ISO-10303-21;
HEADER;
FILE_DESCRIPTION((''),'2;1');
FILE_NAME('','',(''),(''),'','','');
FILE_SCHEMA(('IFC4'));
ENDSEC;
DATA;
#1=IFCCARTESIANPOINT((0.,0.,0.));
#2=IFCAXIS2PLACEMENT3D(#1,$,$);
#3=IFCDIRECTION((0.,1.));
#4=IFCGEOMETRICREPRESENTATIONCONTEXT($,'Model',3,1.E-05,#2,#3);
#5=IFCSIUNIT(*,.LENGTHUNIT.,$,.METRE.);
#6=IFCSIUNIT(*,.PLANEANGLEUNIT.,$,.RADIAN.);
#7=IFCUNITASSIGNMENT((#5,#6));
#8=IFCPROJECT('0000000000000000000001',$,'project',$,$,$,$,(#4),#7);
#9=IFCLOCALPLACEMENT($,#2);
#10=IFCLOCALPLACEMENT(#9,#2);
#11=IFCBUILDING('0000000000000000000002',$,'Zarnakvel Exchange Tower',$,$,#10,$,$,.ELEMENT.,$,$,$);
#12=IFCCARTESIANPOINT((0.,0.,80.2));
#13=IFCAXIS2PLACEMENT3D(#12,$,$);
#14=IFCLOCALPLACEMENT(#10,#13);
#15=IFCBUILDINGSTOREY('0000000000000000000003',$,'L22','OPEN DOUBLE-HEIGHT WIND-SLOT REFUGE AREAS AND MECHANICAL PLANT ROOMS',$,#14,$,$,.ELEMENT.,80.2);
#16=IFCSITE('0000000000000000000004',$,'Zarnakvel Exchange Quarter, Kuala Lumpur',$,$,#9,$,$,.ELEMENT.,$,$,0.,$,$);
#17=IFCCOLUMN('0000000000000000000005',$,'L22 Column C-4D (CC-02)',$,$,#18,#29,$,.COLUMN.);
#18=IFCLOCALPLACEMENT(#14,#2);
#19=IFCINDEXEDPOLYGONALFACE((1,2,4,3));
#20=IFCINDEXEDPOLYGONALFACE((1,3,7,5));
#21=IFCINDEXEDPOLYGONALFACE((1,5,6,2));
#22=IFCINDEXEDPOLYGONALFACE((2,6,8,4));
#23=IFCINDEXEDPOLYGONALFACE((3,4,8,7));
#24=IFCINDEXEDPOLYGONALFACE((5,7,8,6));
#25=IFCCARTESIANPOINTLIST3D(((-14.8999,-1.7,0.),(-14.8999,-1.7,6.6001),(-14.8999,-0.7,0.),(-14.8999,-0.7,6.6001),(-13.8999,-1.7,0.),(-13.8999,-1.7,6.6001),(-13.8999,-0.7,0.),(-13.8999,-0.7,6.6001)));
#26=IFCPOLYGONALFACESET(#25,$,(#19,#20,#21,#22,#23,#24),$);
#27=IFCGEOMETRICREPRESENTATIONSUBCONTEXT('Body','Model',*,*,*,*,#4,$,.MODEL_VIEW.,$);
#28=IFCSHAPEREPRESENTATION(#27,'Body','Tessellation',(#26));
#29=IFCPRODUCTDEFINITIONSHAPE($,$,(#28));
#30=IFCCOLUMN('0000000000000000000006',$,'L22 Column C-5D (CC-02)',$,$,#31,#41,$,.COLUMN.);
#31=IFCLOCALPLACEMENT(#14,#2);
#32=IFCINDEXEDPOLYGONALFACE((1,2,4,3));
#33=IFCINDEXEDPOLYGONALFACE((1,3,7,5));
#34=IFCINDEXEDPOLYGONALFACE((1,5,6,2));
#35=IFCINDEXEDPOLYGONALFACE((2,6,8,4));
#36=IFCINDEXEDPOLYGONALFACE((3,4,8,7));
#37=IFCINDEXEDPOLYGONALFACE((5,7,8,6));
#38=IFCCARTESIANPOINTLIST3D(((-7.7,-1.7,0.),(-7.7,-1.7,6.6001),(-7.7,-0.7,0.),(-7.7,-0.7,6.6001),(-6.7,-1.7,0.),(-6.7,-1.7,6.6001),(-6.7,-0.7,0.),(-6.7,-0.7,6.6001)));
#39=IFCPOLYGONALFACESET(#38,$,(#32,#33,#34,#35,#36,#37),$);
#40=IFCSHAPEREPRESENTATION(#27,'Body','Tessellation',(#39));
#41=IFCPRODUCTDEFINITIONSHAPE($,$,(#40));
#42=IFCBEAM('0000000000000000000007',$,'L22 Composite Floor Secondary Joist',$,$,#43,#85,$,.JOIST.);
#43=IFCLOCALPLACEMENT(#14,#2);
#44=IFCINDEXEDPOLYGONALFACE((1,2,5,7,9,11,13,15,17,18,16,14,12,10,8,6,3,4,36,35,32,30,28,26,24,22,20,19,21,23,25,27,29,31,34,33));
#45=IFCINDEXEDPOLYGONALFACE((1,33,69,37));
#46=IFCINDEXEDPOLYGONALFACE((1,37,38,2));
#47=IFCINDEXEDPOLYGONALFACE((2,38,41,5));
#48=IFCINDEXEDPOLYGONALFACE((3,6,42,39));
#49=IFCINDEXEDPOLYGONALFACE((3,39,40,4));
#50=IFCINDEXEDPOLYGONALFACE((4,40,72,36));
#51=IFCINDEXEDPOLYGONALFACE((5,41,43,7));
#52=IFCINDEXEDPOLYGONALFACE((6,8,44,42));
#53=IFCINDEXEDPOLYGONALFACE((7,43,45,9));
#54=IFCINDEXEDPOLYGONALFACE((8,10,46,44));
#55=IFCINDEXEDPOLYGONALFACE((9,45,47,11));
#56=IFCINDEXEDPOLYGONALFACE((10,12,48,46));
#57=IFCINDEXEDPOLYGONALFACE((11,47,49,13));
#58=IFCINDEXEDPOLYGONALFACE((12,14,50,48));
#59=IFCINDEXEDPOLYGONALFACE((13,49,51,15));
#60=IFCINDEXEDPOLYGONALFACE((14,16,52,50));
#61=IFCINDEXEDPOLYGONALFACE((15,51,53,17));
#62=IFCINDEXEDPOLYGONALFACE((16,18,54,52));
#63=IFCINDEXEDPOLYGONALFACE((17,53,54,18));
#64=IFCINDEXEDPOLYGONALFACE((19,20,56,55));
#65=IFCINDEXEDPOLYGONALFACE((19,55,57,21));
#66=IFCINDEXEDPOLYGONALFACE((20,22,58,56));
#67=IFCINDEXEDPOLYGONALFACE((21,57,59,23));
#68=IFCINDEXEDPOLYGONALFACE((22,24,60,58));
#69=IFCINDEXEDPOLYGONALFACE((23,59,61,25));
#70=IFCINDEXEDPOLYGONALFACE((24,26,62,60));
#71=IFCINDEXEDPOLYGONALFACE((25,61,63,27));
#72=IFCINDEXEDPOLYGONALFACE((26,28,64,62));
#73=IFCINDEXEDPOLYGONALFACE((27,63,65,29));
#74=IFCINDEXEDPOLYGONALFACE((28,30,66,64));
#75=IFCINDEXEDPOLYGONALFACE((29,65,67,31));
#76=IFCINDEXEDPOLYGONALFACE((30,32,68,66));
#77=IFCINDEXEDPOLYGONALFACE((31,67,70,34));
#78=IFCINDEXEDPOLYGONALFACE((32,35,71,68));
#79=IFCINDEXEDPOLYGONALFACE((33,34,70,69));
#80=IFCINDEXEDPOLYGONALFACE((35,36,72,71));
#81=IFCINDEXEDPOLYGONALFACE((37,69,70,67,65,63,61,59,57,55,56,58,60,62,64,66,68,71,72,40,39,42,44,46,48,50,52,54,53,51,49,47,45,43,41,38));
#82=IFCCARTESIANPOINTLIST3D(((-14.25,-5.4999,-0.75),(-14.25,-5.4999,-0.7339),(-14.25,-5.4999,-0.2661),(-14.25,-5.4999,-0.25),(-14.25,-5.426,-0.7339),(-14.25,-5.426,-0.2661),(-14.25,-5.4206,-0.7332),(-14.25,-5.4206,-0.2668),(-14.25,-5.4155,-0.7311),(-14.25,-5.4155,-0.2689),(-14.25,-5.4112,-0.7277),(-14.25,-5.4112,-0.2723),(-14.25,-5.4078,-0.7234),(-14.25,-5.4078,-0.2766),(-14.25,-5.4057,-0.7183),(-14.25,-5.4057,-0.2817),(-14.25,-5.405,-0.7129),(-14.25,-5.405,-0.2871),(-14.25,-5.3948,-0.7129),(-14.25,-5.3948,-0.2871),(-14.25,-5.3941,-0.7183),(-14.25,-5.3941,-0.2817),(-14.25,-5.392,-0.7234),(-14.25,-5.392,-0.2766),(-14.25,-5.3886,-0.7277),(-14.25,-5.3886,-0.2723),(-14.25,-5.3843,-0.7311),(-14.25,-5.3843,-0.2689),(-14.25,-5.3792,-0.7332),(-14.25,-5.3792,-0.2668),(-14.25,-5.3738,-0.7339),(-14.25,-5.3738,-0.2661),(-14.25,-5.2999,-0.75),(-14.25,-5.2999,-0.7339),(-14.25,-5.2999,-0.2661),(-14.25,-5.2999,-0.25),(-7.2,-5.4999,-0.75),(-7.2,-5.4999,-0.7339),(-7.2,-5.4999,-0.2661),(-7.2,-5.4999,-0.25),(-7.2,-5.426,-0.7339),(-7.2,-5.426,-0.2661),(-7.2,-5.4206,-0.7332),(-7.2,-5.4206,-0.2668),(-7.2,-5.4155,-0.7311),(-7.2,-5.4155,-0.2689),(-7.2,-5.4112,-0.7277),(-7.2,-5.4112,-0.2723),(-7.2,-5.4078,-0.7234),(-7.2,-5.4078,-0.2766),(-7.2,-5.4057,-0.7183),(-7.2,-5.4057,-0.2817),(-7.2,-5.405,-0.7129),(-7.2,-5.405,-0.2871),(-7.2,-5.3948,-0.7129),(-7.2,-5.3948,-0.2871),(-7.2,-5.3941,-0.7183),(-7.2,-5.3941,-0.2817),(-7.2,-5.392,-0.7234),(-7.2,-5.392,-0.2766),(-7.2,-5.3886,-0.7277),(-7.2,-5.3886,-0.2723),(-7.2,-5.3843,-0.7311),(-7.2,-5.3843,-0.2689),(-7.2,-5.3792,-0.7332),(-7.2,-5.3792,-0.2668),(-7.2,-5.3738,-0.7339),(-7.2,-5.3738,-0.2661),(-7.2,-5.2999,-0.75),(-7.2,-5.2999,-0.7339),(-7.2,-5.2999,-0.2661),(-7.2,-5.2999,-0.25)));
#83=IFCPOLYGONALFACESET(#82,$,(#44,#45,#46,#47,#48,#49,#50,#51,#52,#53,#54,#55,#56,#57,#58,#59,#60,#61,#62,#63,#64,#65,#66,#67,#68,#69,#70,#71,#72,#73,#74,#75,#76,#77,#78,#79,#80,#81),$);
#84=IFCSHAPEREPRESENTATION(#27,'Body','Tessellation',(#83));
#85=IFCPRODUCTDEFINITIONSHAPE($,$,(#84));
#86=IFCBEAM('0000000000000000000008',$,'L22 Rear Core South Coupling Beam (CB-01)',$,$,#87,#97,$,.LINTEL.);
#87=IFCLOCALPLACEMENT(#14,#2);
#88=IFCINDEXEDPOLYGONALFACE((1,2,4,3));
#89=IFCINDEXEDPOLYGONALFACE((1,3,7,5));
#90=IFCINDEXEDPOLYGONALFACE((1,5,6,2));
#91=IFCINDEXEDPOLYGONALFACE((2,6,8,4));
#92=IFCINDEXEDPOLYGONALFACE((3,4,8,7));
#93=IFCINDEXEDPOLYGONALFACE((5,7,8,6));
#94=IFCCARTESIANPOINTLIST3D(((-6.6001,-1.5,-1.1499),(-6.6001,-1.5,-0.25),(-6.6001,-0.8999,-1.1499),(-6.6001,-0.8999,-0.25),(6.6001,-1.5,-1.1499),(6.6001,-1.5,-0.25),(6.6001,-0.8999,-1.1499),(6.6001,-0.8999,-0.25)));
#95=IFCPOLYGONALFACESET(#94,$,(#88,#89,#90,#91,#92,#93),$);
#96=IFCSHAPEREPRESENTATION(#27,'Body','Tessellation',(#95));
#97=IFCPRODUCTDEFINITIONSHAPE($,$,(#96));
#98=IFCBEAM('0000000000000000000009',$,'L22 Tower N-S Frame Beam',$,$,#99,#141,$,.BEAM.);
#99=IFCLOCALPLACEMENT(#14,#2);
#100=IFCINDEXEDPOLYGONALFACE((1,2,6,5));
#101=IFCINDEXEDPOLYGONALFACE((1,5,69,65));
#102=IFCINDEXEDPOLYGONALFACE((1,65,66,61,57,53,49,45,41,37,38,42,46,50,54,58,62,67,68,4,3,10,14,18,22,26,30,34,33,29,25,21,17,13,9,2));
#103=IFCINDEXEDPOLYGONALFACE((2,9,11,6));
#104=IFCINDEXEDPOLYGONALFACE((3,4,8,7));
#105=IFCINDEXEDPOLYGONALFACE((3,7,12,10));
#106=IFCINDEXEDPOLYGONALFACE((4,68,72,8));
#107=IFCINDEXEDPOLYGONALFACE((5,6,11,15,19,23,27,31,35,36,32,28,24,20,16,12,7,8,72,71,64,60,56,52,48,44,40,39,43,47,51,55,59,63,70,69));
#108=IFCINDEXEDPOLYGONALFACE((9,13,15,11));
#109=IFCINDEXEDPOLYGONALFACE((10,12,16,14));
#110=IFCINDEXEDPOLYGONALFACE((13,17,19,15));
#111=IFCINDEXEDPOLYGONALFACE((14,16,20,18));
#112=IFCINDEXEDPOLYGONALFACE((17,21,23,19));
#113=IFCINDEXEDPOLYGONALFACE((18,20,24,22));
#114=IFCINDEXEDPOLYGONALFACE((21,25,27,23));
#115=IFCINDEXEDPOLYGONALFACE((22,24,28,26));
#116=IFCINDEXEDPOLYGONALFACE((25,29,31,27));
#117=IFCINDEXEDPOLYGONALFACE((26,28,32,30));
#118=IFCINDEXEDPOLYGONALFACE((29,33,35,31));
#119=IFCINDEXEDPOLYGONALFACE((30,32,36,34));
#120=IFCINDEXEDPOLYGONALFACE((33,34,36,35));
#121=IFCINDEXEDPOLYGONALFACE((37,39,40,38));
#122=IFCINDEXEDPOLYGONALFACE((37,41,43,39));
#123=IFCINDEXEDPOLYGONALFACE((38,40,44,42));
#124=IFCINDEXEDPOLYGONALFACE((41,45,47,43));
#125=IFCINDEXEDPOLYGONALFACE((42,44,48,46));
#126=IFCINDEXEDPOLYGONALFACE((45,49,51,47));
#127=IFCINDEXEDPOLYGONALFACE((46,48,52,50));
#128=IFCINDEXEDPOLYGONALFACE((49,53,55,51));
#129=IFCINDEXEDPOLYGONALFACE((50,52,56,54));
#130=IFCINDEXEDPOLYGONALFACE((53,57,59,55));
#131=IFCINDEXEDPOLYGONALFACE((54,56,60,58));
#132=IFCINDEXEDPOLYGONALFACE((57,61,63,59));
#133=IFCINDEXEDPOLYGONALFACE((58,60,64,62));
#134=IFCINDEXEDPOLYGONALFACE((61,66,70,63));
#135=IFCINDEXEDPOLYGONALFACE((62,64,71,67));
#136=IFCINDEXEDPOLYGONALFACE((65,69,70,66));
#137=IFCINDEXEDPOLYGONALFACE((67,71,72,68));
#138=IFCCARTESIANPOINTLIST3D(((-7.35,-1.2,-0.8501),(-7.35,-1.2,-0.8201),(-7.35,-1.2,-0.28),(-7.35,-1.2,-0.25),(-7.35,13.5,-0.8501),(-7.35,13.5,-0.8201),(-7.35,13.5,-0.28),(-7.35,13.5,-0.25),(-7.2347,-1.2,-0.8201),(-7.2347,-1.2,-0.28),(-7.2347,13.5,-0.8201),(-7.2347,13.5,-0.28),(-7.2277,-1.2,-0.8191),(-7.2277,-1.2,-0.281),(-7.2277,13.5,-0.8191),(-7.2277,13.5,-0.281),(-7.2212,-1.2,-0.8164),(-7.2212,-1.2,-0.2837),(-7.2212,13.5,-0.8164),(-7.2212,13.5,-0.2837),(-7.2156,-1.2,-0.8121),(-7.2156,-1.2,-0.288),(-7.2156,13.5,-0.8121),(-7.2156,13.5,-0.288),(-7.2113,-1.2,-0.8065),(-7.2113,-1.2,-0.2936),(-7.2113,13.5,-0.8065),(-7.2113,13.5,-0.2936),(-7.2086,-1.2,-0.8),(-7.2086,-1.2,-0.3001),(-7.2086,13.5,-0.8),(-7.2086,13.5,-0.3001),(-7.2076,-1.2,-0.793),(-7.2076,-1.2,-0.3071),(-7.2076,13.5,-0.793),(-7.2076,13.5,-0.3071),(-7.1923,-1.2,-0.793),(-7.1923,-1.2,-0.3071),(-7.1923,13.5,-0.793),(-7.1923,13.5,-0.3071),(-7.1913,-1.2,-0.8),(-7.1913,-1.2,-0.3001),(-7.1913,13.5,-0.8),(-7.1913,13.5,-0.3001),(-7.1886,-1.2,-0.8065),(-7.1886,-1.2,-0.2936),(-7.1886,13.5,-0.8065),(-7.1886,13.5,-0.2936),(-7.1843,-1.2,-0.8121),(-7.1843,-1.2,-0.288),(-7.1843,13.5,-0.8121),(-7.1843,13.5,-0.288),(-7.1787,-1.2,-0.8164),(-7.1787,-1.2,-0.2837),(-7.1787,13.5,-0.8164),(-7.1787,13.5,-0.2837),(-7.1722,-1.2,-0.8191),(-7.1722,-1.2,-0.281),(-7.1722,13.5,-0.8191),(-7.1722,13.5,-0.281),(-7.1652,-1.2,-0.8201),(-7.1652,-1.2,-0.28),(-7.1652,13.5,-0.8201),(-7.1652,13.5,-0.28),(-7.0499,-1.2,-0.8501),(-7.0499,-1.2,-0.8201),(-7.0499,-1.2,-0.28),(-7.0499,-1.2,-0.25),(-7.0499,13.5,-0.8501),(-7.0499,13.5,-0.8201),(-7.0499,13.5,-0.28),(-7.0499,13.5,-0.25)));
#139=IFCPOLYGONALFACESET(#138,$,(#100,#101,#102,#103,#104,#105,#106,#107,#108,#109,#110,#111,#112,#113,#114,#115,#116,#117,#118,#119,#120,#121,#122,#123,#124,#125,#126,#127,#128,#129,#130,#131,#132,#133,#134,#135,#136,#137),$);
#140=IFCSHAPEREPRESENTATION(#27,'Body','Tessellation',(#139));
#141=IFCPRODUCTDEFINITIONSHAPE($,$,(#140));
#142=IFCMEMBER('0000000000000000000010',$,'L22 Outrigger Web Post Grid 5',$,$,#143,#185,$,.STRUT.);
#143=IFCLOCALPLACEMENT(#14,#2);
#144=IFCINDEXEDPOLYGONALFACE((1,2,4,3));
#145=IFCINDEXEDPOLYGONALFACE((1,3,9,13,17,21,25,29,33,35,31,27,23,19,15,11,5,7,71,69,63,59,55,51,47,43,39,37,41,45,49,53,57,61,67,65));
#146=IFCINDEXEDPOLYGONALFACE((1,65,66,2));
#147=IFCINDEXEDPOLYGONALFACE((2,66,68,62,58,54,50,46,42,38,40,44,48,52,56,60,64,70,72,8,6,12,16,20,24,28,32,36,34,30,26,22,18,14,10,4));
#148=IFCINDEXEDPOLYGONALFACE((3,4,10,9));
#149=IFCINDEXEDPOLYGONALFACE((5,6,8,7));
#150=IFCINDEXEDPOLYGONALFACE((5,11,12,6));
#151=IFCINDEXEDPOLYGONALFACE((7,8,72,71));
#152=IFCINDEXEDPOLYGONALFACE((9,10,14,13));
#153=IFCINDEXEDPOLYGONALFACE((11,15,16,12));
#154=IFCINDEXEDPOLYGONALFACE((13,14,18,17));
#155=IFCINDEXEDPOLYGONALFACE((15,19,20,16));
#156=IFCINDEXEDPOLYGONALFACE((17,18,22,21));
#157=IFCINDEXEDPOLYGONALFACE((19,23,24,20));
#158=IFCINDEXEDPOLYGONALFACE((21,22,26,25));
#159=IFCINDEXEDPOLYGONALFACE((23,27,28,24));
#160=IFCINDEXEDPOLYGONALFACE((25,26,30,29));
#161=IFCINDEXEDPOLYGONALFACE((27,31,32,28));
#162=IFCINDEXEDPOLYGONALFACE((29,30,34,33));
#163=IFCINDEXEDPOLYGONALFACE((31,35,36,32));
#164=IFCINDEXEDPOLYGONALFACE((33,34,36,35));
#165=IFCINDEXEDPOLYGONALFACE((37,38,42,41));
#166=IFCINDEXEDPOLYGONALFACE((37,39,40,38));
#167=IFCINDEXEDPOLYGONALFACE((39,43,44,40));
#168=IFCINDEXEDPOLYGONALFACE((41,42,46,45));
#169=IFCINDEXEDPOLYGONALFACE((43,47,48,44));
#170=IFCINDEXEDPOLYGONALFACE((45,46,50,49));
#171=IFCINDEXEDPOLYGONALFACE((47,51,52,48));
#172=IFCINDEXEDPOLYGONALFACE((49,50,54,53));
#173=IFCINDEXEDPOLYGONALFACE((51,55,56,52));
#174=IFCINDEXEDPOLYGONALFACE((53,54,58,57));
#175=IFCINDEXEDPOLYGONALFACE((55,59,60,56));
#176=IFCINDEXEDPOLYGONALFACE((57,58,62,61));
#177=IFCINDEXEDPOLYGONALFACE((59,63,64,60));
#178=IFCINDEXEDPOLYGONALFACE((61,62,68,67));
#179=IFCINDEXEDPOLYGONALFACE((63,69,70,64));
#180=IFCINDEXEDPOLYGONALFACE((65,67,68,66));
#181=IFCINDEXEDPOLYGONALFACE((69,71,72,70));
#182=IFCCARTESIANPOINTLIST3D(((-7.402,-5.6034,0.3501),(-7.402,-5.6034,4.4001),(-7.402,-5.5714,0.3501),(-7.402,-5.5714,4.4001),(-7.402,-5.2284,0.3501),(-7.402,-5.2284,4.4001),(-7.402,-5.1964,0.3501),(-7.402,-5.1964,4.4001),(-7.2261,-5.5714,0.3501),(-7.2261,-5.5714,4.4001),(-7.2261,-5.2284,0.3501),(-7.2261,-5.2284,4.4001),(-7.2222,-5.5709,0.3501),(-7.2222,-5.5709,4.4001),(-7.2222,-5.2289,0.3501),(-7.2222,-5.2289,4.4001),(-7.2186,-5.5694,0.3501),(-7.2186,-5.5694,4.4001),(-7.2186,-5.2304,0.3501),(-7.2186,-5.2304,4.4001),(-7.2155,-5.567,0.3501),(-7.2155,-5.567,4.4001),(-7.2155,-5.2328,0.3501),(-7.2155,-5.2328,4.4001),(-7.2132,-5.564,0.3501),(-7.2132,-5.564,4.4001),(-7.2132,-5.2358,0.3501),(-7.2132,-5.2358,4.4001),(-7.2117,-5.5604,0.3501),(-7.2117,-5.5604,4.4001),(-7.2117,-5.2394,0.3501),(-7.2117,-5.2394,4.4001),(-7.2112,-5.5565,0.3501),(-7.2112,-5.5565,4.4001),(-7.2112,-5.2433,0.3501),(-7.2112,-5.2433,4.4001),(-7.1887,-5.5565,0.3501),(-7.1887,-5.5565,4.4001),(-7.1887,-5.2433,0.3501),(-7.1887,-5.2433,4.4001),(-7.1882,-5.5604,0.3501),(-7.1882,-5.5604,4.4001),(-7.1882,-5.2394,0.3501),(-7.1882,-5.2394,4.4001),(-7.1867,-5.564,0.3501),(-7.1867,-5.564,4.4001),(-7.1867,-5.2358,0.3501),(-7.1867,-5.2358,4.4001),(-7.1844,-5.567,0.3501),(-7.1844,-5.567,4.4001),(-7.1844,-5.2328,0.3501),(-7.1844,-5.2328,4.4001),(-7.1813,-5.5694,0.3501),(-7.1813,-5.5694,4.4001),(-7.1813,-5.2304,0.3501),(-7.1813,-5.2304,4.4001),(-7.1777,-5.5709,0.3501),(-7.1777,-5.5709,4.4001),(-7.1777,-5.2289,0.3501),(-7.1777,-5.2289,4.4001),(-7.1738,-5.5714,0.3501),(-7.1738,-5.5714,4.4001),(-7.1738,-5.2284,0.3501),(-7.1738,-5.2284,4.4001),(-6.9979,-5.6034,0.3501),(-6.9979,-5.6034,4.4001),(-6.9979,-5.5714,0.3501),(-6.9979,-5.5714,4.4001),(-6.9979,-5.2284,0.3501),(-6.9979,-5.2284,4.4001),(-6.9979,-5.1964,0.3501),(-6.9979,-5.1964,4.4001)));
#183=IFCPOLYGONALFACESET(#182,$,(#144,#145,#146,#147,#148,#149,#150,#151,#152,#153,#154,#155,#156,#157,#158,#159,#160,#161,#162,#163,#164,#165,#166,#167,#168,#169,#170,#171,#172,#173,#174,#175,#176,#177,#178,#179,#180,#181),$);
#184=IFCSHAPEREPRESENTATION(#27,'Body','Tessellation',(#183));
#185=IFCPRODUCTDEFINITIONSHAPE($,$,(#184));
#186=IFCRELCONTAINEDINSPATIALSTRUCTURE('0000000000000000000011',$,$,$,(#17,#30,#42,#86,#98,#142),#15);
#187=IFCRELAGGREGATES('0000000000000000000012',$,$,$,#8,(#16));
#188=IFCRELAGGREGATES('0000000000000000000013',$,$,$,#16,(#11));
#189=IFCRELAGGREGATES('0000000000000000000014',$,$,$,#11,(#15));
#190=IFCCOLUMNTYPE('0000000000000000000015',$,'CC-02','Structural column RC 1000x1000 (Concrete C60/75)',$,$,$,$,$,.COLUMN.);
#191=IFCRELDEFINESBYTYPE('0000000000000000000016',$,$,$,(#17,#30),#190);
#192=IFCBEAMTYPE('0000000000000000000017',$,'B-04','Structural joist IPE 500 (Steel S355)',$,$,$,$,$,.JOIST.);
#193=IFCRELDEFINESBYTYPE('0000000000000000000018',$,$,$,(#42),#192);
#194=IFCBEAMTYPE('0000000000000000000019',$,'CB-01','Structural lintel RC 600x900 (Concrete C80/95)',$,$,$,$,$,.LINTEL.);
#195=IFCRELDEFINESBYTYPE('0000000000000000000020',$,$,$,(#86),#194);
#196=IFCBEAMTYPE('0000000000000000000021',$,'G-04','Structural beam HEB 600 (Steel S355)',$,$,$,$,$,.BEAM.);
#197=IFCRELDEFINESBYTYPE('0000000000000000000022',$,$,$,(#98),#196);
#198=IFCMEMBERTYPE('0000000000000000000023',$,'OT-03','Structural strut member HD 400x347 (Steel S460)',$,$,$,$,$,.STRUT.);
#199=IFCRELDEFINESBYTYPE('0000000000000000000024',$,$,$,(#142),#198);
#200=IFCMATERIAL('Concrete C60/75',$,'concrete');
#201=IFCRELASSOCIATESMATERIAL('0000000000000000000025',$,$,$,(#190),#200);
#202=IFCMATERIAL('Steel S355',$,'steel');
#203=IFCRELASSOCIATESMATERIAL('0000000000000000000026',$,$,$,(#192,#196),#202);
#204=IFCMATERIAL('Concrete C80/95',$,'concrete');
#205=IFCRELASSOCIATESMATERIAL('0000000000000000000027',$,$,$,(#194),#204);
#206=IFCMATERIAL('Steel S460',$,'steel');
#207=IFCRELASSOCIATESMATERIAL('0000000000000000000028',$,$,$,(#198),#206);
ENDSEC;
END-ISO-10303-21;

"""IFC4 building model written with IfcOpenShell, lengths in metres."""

from ifc_helpers import new_model, si_unit, direction, frame, origin, origin_2d, place, context, subcontext, project, spatial, rectangle, i_section, extrude, source, transform, mapped, material, material_profile, profile_set, type_object, element, save


model = new_model("IFC4")

# Units and contexts
model_context = context("Model", 3, precision=1e-05, world=origin(), true_north=direction((0.0, 1.0)))
body_context = subcontext(model_context, "Body", "Model", "MODEL_VIEW")
ifc_project = project(units=[si_unit("LENGTHUNIT", "METRE"), si_unit("PLANEANGLEUNIT", "RADIAN")], contexts=[model_context])

# Site, building, storey
site_placement = place(None, origin())
site = spatial("IfcSite", under=ifc_project, at=site_placement, Name="Zarnakvel Exchange Quarter, Kuala Lumpur", CompositionType="ELEMENT", RefElevation=0.0)
building_placement = place(site_placement, origin())
building = spatial("IfcBuilding", under=site, at=building_placement, Name="Zarnakvel Exchange Tower", CompositionType="ELEMENT")
storey_placement = place(building_placement, frame((0.0, 0.0, 80.2)))
storey = spatial("IfcBuildingStorey", under=building, at=storey_placement, Name="L22", Description="OPEN DOUBLE-HEIGHT WIND-SLOT REFUGE AREAS AND MECHANICAL PLANT ROOMS", CompositionType="ELEMENT", Elevation=80.2)

# Columns
ifc_material_1 = material(Name="Concrete C60/75", Category="concrete")
ifc_material_profile_1 = material_profile(ifc_material_1, rectangle(XDim=1.0, YDim=1.0, at=origin_2d()))
ifc_profile_set_1 = profile_set([ifc_material_profile_1], Name="Concrete C60/75")
column_type = type_object("IfcColumnType", Name="CC-02", Description="Structural column RC 1000x1000 (Concrete C60/75)", PredefinedType="COLUMN", material=ifc_profile_set_1)
for number, where, z_axis, x_axis, name in (
    (1, (-14.3999, -1.2, 0.0), (0.0, 0.0, 1.0), (1.0, 0.0, 0.0), "L22 Column C-4D (CC-02)"),
    (2, (-7.2, -1.2, 0.0), (0.0, 0.0, 1.0), (1.0, 0.0, 0.0), "L22 Column C-5D (CC-02)"),
):
    element("IfcColumn", number, at=place(storey_placement, frame(where, z_axis=z_axis, x_axis=x_axis)), inside=storey, type_object=column_type, Name=name, PredefinedType="COLUMN", context=body_context, shape_type="SweptSolid", body=[
        extrude(rectangle(XDim=1.0, YDim=1.0, at=origin_2d()), origin(), (0.0, 0.0, 1.0), 6.6001),
    ])

# Beams
ifc_material_2 = material(Name="Steel S355", Category="steel")
ifc_material_profile_2 = material_profile(ifc_material_2, i_section(OverallWidth=0.2, OverallDepth=0.5, WebThickness=0.0103, FlangeThickness=0.0161, FilletRadius=0.021, at=origin_2d()))
ifc_profile_set_2 = profile_set([ifc_material_profile_2], Name="Steel S355")
beam_type_1 = type_object("IfcBeamType", Name="B-04", Description="Structural joist IPE 500 (Steel S355)", PredefinedType="JOIST", material=ifc_profile_set_2)
beam_1_placement = place(storey_placement, frame((-14.25, -5.3999, -0.5), z_axis=(1.0, 0.0, 0.0), x_axis=(0.0, 1.0, 0.0)))
element("IfcBeam", 3, at=beam_1_placement, inside=storey, type_object=beam_type_1, Name="L22 Composite Floor Secondary Joist", PredefinedType="JOIST", context=body_context, shape_type="SweptSolid", body=[
    extrude(i_section(OverallWidth=0.2, OverallDepth=0.5, WebThickness=0.0103, FlangeThickness=0.0161, FilletRadius=0.021, at=origin_2d()), origin(), (0.0, 0.0, 1.0), 7.05),
])
ifc_material_3 = material(Name="Concrete C80/95", Category="concrete")
ifc_material_profile_3 = material_profile(ifc_material_3, rectangle(XDim=0.6001, YDim=0.8999, at=origin_2d()))
ifc_profile_set_3 = profile_set([ifc_material_profile_3], Name="Concrete C80/95")
beam_type_2 = type_object("IfcBeamType", Name="CB-01", Description="Structural lintel RC 600x900 (Concrete C80/95)", PredefinedType="LINTEL", material=ifc_profile_set_3)
beam_2_placement = place(storey_placement, frame((-6.6001, -1.2, -0.7), z_axis=(1.0, 0.0, 0.0), x_axis=(0.0, 1.0, 0.0)))
element("IfcBeam", 4, at=beam_2_placement, inside=storey, type_object=beam_type_2, Name="L22 Rear Core South Coupling Beam (CB-01)", PredefinedType="LINTEL", context=body_context, shape_type="SweptSolid", body=[
    extrude(rectangle(XDim=0.6001, YDim=0.8999, at=origin_2d()), origin(), (0.0, 0.0, 1.0), 13.2002),
])
ifc_material_profile_4 = material_profile(ifc_material_2, i_section(OverallWidth=0.3, OverallDepth=0.6001, WebThickness=0.0154, FlangeThickness=0.03, FilletRadius=0.0271, at=origin_2d()))
ifc_profile_set_4 = profile_set([ifc_material_profile_4], Name="Steel S355")
beam_type_3 = type_object("IfcBeamType", Name="G-04", Description="Structural beam HEB 600 (Steel S355)", PredefinedType="BEAM", material=ifc_profile_set_4)
beam_3_placement = place(storey_placement, frame((-7.2, -1.2, -0.55), z_axis=(0.0, 1.0, 0.0), x_axis=(-1.0, 0.0, 0.0)))
element("IfcBeam", 5, at=beam_3_placement, inside=storey, type_object=beam_type_3, Name="L22 Tower N-S Frame Beam", PredefinedType="BEAM", context=body_context, shape_type="SweptSolid", body=[
    extrude(i_section(OverallWidth=0.3, OverallDepth=0.6001, WebThickness=0.0154, FlangeThickness=0.03, FilletRadius=0.0271, at=origin_2d()), origin(), (0.0, 0.0, 1.0), 14.7),
])

# Member
ifc_material_4 = material(Name="Steel S460", Category="steel")
ifc_material_profile_5 = material_profile(ifc_material_4, i_section(OverallWidth=0.4041, OverallDepth=0.407, WebThickness=0.0225, FlangeThickness=0.032, FilletRadius=0.0149, at=origin_2d()))
ifc_profile_set_5 = profile_set([ifc_material_profile_5], Name="Steel S460")
member_type_1 = type_object("IfcMemberType", Name="OT-03", Description="Structural strut member HD 400x347 (Steel S460)", PredefinedType="STRUT", material=ifc_profile_set_5)
shared_shape_1 = source(origin(), body_context, "Body", "SweptSolid", [
    extrude(i_section(OverallWidth=0.4041, OverallDepth=0.407, WebThickness=0.0225, FlangeThickness=0.032, FilletRadius=0.0149, at=origin_2d()), origin(), (0.0, 0.0, 1.0), 4.05),
])
member_placement = place(storey_placement, frame((-7.2, -5.3999, 0.3501), z_axis=(0.0, 0.0, 1.0), x_axis=(1.0, 0.0, 0.0)))
element("IfcMember", 6, at=member_placement, inside=storey, type_object=member_type_1, Name="L22 Outrigger Web Post Grid 5", PredefinedType="STRUT", context=body_context, shape_type="MappedRepresentation", body=[
    mapped(shared_shape_1, transform((0.0, 0.0, 0.0), x_axis=(1.0, 0.0, 0.0), y_axis=(0.0, 1.0, 0.0), z_axis=(0.0, 0.0, 1.0), scale=1.0)),
])

save(model, "model.ifc")
